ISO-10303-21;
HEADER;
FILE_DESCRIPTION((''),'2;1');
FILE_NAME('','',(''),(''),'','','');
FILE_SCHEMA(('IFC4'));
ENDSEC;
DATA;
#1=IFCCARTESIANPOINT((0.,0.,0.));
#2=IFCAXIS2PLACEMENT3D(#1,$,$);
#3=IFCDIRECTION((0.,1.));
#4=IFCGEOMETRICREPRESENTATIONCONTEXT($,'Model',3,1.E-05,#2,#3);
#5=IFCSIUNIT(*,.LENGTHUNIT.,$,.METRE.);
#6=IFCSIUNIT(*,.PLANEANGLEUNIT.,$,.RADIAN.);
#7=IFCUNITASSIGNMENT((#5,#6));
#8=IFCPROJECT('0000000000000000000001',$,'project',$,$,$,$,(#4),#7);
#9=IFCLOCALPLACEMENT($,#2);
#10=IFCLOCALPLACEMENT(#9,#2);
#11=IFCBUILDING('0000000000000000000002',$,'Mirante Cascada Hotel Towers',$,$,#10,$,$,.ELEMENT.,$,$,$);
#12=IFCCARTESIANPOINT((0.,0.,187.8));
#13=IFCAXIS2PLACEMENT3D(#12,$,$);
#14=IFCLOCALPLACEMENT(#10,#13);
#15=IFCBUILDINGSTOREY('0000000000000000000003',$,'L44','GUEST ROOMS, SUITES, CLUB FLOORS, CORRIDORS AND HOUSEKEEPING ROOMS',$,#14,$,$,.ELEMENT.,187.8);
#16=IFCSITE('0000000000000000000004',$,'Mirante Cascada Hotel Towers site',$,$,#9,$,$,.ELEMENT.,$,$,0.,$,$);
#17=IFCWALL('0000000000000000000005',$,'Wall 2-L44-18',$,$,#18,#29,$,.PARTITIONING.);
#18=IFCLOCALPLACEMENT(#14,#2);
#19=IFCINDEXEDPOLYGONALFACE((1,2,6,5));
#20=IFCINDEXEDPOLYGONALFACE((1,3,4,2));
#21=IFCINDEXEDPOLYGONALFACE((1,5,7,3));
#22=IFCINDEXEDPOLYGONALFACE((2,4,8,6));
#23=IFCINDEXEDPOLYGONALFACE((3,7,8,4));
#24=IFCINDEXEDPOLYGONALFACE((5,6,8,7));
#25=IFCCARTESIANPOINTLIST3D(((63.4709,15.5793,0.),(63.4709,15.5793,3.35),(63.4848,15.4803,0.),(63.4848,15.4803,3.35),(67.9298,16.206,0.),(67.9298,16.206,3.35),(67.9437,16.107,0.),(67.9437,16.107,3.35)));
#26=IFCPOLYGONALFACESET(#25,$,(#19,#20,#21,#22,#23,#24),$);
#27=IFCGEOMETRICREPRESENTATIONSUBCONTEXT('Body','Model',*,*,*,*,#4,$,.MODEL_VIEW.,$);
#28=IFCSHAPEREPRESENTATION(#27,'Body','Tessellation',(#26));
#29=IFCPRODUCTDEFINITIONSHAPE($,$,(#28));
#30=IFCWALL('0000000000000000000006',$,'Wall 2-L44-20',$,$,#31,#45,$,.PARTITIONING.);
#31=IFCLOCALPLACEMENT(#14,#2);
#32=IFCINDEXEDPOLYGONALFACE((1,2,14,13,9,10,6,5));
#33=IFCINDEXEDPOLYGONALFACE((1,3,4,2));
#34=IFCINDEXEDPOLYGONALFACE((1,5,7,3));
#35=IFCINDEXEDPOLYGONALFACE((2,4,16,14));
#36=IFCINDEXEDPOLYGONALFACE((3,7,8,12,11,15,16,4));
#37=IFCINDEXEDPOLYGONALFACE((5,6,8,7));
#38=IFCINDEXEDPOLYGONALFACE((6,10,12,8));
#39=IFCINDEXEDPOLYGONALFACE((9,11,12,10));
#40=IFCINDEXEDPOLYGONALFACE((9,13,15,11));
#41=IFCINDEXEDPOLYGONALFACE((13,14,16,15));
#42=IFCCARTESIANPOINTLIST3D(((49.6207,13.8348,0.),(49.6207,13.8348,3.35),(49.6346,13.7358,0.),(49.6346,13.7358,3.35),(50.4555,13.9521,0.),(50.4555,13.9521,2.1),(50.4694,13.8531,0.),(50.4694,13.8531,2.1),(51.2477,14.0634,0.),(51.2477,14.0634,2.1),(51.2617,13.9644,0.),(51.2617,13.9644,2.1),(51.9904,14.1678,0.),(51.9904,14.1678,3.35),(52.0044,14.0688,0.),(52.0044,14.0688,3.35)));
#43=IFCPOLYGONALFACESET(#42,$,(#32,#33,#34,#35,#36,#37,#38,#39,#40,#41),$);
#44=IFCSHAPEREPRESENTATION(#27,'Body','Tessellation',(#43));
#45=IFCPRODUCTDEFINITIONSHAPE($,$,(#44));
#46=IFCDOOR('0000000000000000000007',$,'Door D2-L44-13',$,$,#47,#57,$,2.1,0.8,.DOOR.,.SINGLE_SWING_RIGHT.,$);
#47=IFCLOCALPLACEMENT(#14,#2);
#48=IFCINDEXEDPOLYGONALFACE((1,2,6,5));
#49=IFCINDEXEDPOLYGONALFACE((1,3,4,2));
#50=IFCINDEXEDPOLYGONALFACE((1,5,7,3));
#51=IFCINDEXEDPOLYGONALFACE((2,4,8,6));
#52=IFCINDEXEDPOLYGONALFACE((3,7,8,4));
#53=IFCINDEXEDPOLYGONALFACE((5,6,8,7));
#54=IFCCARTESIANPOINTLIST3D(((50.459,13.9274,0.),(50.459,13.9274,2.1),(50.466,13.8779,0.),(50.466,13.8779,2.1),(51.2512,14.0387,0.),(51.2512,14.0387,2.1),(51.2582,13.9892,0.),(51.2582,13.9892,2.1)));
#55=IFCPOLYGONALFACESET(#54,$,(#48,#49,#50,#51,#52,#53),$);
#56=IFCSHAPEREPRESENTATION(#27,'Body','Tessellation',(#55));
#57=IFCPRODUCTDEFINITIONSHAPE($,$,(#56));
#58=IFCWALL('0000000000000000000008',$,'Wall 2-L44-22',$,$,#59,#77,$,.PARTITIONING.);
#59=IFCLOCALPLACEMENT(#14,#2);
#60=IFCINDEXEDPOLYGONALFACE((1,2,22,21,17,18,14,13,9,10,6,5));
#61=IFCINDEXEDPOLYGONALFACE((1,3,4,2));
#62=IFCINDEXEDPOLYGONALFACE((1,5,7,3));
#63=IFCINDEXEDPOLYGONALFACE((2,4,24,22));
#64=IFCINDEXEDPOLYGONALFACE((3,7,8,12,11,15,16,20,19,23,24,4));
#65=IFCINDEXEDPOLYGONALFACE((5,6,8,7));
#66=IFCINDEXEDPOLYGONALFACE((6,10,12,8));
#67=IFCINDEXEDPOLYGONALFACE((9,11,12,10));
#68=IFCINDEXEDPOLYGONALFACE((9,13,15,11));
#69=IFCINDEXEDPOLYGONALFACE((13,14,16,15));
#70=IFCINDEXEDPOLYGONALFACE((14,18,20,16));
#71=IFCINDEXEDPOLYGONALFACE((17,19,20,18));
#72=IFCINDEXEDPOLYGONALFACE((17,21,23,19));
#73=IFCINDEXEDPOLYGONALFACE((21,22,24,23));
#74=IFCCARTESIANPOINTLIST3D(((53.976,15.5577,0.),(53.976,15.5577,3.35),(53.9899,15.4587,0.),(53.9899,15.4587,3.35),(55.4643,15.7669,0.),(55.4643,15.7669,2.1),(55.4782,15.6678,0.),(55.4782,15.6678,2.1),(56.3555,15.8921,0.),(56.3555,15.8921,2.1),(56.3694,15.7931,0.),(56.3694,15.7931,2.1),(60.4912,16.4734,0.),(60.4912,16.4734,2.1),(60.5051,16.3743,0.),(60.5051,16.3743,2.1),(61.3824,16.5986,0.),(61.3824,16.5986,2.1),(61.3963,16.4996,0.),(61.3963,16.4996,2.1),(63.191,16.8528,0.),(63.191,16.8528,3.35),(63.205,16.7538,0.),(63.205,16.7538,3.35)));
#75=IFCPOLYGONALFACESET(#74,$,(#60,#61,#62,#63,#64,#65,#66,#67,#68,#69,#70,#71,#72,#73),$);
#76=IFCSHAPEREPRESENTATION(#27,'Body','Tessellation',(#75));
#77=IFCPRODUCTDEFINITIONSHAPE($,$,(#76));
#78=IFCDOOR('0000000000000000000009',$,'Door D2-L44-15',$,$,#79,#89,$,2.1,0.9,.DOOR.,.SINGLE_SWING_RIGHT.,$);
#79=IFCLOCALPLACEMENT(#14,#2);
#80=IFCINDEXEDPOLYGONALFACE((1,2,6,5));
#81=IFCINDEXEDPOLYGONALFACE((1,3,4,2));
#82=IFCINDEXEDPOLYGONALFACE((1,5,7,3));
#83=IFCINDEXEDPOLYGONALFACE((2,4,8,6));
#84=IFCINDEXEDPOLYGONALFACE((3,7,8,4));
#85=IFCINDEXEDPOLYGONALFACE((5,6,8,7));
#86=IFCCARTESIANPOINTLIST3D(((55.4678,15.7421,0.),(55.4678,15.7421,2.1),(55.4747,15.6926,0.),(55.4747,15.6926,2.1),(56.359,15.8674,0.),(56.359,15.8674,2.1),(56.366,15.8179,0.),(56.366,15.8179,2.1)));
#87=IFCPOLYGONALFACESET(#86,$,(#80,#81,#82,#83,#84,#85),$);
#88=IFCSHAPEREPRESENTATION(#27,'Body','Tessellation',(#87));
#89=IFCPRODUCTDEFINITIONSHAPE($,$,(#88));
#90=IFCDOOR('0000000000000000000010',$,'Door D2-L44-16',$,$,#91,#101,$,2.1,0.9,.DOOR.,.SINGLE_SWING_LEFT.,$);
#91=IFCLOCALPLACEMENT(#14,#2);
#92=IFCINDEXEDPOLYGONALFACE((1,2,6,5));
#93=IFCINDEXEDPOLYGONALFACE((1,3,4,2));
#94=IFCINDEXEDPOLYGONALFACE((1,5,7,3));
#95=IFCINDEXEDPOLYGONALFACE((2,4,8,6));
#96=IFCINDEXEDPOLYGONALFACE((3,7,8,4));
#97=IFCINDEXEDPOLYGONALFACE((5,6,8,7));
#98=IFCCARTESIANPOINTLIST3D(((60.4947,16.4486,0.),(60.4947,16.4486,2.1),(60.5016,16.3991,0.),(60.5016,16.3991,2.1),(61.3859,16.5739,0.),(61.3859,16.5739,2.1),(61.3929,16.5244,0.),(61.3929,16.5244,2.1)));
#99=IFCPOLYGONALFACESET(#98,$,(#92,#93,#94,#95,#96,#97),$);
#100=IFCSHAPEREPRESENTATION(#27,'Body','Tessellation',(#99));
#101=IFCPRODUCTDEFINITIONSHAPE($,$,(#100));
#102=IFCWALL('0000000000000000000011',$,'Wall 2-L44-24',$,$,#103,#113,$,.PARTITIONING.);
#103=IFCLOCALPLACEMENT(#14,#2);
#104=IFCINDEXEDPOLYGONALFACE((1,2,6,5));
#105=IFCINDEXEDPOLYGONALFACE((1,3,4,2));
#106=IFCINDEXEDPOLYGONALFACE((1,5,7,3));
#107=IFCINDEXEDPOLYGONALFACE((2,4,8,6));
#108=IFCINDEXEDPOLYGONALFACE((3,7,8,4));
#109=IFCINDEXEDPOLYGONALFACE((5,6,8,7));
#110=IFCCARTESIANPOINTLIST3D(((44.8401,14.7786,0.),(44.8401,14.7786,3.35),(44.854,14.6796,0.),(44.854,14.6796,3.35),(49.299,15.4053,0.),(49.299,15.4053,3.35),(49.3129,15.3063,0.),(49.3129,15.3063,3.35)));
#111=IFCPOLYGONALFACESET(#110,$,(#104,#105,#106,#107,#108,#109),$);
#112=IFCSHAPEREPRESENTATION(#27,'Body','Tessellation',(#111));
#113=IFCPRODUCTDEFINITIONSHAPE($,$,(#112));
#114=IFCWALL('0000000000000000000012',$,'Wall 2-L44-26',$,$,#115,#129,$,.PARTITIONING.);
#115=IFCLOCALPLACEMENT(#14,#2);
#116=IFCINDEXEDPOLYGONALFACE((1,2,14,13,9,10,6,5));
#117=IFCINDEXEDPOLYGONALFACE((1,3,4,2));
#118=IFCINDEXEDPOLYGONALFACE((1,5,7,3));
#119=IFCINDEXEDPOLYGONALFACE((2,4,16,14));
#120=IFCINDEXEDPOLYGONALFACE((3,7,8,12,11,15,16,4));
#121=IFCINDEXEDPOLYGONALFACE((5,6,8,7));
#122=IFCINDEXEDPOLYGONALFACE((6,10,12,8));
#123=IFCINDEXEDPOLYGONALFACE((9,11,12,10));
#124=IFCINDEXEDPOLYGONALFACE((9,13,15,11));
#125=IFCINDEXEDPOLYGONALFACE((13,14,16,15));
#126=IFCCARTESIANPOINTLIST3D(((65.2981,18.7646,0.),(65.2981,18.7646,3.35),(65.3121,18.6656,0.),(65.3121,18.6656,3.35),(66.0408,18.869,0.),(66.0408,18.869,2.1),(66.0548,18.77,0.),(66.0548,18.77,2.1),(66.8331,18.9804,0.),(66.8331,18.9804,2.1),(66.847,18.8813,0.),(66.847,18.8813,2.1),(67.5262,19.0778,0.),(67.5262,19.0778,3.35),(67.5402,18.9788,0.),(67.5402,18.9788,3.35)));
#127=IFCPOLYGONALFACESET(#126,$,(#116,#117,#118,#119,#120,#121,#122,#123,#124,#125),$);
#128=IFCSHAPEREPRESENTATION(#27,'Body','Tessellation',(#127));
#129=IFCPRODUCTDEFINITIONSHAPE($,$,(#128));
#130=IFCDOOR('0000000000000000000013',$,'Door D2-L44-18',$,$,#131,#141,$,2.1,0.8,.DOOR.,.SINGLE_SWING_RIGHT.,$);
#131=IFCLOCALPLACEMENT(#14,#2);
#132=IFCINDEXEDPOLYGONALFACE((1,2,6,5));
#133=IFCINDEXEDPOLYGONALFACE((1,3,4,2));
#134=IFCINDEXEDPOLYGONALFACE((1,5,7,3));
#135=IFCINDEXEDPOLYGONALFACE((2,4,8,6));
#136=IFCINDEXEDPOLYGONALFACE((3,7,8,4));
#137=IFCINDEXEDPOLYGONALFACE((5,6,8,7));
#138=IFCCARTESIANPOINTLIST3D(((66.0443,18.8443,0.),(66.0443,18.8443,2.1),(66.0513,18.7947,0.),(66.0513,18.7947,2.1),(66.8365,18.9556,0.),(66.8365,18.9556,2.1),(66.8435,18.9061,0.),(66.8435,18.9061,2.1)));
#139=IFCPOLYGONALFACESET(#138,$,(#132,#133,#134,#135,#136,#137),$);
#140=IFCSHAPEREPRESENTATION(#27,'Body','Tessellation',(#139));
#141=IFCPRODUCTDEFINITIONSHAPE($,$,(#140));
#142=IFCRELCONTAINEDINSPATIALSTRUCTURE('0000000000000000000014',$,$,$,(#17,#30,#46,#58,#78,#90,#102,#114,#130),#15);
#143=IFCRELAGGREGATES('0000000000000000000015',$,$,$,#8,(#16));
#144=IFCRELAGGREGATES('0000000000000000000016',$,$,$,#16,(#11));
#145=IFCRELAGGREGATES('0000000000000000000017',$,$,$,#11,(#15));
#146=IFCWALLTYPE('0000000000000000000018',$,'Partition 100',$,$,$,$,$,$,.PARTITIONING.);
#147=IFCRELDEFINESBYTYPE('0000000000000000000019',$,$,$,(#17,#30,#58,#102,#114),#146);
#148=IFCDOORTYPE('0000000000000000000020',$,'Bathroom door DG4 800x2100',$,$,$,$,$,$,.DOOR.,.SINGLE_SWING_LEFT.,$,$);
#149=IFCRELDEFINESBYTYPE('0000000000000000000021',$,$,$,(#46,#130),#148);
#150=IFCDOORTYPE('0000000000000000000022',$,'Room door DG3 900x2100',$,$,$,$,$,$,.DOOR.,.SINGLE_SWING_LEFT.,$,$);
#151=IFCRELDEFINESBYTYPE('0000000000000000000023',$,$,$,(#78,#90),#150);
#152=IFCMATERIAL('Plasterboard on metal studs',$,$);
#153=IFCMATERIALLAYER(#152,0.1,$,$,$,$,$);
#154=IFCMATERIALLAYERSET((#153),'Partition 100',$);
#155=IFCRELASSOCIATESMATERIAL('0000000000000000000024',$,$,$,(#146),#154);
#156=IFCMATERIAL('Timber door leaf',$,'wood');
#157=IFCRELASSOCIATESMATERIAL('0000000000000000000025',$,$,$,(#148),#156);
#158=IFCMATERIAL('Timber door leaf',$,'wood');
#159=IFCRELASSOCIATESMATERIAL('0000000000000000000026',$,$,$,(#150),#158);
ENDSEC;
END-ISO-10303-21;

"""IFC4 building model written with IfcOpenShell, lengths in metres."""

from ifc_helpers import new_model, si_unit, direction, frame, frame_2d, origin, place, context, subcontext, project, spatial, rectangle, extrude, material, layer, layer_set, type_object, element, fill, save


model = new_model("IFC4")

# Units and contexts
model_context = context("Model", 3, precision=1e-05, world=origin(), true_north=direction((0.0, 1.0)))
body_context = subcontext(model_context, "Body", "Model", "MODEL_VIEW")
ifc_project = project(units=[si_unit("LENGTHUNIT", "METRE"), si_unit("PLANEANGLEUNIT", "RADIAN")], contexts=[model_context])

# Site, building, storey
site_placement = place(None, origin())
site = spatial("IfcSite", under=ifc_project, at=site_placement, Name="Mirante Cascada Hotel Towers site", CompositionType="ELEMENT", RefElevation=0.0)
building_placement = place(site_placement, origin())
building = spatial("IfcBuilding", under=site, at=building_placement, Name="Mirante Cascada Hotel Towers", CompositionType="ELEMENT")
storey_placement = place(building_placement, frame((0.0, 0.0, 187.8)))
storey = spatial("IfcBuildingStorey", under=building, at=storey_placement, Name="L44", Description="GUEST ROOMS, SUITES, CLUB FLOORS, CORRIDORS AND HOUSEKEEPING ROOMS", CompositionType="ELEMENT", Elevation=187.8)

# Wall
ifc_material_1 = material(Name="Plasterboard on metal studs")
ifc_layer_1 = layer(ifc_material_1, 0.1)
ifc_layer_set_1 = layer_set([ifc_layer_1], Name="Partition 100")
wall_type_1 = type_object("IfcWallType", Name="Partition 100", PredefinedType="PARTITIONING", material=ifc_layer_set_1)
wall_1_placement = place(storey_placement, frame((67.9368, 16.1565, 0.0), z_axis=(0.0, 0.0, 1.0), x_axis=(-0.990267, -0.139182, 0.0)))
element("IfcWall", 1, at=wall_1_placement, inside=storey, type_object=wall_type_1, Name="Wall 2-L44-18", PredefinedType="PARTITIONING", context=body_context, shape_type="SweptSolid", body=[
    extrude(rectangle(XDim=4.5027, YDim=0.1, at=frame_2d((2.2514, 0.0))), origin(), (0.0, 0.0, 1.0), 3.35),
])

# Wall, opening, door
wall_2_placement = place(storey_placement, frame((51.9974, 14.1183, 0.0), z_axis=(0.0, 0.0, 1.0), x_axis=(-0.99027, -0.139157, 0.0)))
wall_2 = element("IfcWall", 2, at=wall_2_placement, inside=storey, type_object=wall_type_1, Name="Wall 2-L44-20", PredefinedType="PARTITIONING", context=body_context, shape_type="SweptSolid", body=[
    extrude(rectangle(XDim=2.393, YDim=0.1, at=frame_2d((1.1965, 0.0))), origin(), (0.0, 0.0, 1.0), 3.35),
])
opening_1_placement = place(wall_2_placement, frame((0.75, 0.0, 0.0)))
opening_1 = element("IfcOpeningElement", 3, at=opening_1_placement, cuts=wall_2, PredefinedType="OPENING", context=body_context, shape_type="SweptSolid", body=[
    extrude(rectangle(XDim=0.8, YDim=2.1, at=frame_2d((0.4, 1.05))), frame((0.0, 0.05, 0.0), z_axis=(0.0, -1.0, 0.0), x_axis=(1.0, 0.0, 0.0)), (0.0, 0.0, 1.0), 0.1),
])
ifc_material_2 = material(Name="Timber door leaf", Category="wood")
door_type_1 = type_object("IfcDoorType", Name="Bathroom door DG4 800x2100", OperationType="SINGLE_SWING_LEFT", PredefinedType="DOOR", material=ifc_material_2)
door_1_placement = place(opening_1_placement, frame((0.8, 0.0, 0.0), z_axis=(0.0, 0.0, 1.0), x_axis=(-1.0, 0.0, 0.0)))
door_1 = element("IfcDoor", 4, at=door_1_placement, inside=storey, type_object=door_type_1, Name="Door D2-L44-13", OperationType="SINGLE_SWING_RIGHT", OverallHeight=2.1, OverallWidth=0.8, PredefinedType="DOOR", context=body_context, shape_type="SweptSolid", body=[
    extrude(rectangle(XDim=0.8, YDim=2.1, at=frame_2d((0.4, 1.05))), frame((0.0, 0.025, 0.0), z_axis=(0.0, -1.0, 0.0), x_axis=(1.0, 0.0, 0.0)), (0.0, 0.0, 1.0), 0.05),
])
fill(opening_1, door_1)

# Wall, openings, doors
wall_3_placement = place(storey_placement, frame((63.198, 16.8033, 0.0), z_axis=(0.0, 0.0, 1.0), x_axis=(-0.990268, -0.139175, 0.0)))
wall_3 = element("IfcWall", 5, at=wall_3_placement, inside=storey, type_object=wall_type_1, Name="Wall 2-L44-22", PredefinedType="PARTITIONING", context=body_context, shape_type="SweptSolid", body=[
    extrude(rectangle(XDim=9.3056, YDim=0.1, at=frame_2d((4.6528, 0.0))), origin(), (0.0, 0.0, 1.0), 3.35),
])
opening_2_placement = place(wall_3_placement, frame((6.9027, 0.0, 0.0)))
opening_2 = element("IfcOpeningElement", 6, at=opening_2_placement, cuts=wall_3, PredefinedType="OPENING", context=body_context, shape_type="SweptSolid", body=[
    extrude(rectangle(XDim=0.9, YDim=2.1, at=frame_2d((0.45, 1.05))), frame((0.0, 0.05, 0.0), z_axis=(0.0, -1.0, 0.0), x_axis=(1.0, 0.0, 0.0)), (0.0, 0.0, 1.0), 0.1),
])
opening_3_placement = place(wall_3_placement, frame((1.8264, 0.0, 0.0)))
opening_3 = element("IfcOpeningElement", 7, at=opening_3_placement, cuts=wall_3, PredefinedType="OPENING", context=body_context, shape_type="SweptSolid", body=[
    extrude(rectangle(XDim=0.9, YDim=2.1, at=frame_2d((0.45, 1.05))), frame((0.0, 0.05, 0.0), z_axis=(0.0, -1.0, 0.0), x_axis=(1.0, 0.0, 0.0)), (0.0, 0.0, 1.0), 0.1),
])
ifc_material_3 = material(Name="Timber door leaf", Category="wood")
door_type_2 = type_object("IfcDoorType", Name="Room door DG3 900x2100", OperationType="SINGLE_SWING_LEFT", PredefinedType="DOOR", material=ifc_material_3)
door_2_placement = place(opening_2_placement, frame((0.9, 0.0, 0.0), z_axis=(0.0, 0.0, 1.0), x_axis=(-1.0, 0.0, 0.0)))
door_2 = element("IfcDoor", 8, at=door_2_placement, inside=storey, type_object=door_type_2, Name="Door D2-L44-15", OperationType="SINGLE_SWING_RIGHT", OverallHeight=2.1, OverallWidth=0.9, PredefinedType="DOOR", context=body_context, shape_type="SweptSolid", body=[
    extrude(rectangle(XDim=0.9, YDim=2.1, at=frame_2d((0.45, 1.05))), frame((0.0, 0.025, 0.0), z_axis=(0.0, -1.0, 0.0), x_axis=(1.0, 0.0, 0.0)), (0.0, 0.0, 1.0), 0.05),
])
fill(opening_2, door_2)
door_3_placement = place(opening_3_placement, origin())
door_3 = element("IfcDoor", 9, at=door_3_placement, inside=storey, type_object=door_type_2, Name="Door D2-L44-16", OperationType="SINGLE_SWING_LEFT", OverallHeight=2.1, OverallWidth=0.9, PredefinedType="DOOR", context=body_context, shape_type="SweptSolid", body=[
    extrude(rectangle(XDim=0.9, YDim=2.1, at=frame_2d((0.45, 1.05))), frame((0.0, 0.025, 0.0), z_axis=(0.0, -1.0, 0.0), x_axis=(1.0, 0.0, 0.0)), (0.0, 0.0, 1.0), 0.05),
])
fill(opening_3, door_3)

# Wall
wall_4_placement = place(storey_placement, frame((49.306, 15.3558, 0.0), z_axis=(0.0, 0.0, 1.0), x_axis=(-0.990267, -0.139182, 0.0)))
element("IfcWall", 10, at=wall_4_placement, inside=storey, type_object=wall_type_1, Name="Wall 2-L44-24", PredefinedType="PARTITIONING", context=body_context, shape_type="SweptSolid", body=[
    extrude(rectangle(XDim=4.5027, YDim=0.1, at=frame_2d((2.2514, 0.0))), origin(), (0.0, 0.0, 1.0), 3.35),
])

# Wall, opening, door
wall_5_placement = place(storey_placement, frame((67.5332, 19.0283, 0.0), z_axis=(0.0, 0.0, 1.0), x_axis=(-0.990264, -0.1392, 0.0)))
wall_5 = element("IfcWall", 11, at=wall_5_placement, inside=storey, type_object=wall_type_1, Name="Wall 2-L44-26", PredefinedType="PARTITIONING", context=body_context, shape_type="SweptSolid", body=[
    extrude(rectangle(XDim=2.25, YDim=0.1, at=frame_2d((1.125, 0.0))), origin(), (0.0, 0.0, 1.0), 3.35),
])
opening_4_placement = place(wall_5_placement, frame((0.7, 0.0, 0.0)))
opening_4 = element("IfcOpeningElement", 12, at=opening_4_placement, cuts=wall_5, PredefinedType="OPENING", context=body_context, shape_type="SweptSolid", body=[
    extrude(rectangle(XDim=0.8, YDim=2.1, at=frame_2d((0.4, 1.05))), frame((0.0, 0.05, 0.0), z_axis=(0.0, -1.0, 0.0), x_axis=(1.0, 0.0, 0.0)), (0.0, 0.0, 1.0), 0.1),
])
door_4_placement = place(opening_4_placement, frame((0.8, 0.0, 0.0), z_axis=(0.0, 0.0, 1.0), x_axis=(-1.0, 0.0, 0.0)))
door_4 = element("IfcDoor", 13, at=door_4_placement, inside=storey, type_object=door_type_1, Name="Door D2-L44-18", OperationType="SINGLE_SWING_RIGHT", OverallHeight=2.1, OverallWidth=0.8, PredefinedType="DOOR", context=body_context, shape_type="SweptSolid", body=[
    extrude(rectangle(XDim=0.8, YDim=2.1, at=frame_2d((0.4, 1.05))), frame((0.0, 0.025, 0.0), z_axis=(0.0, -1.0, 0.0), x_axis=(1.0, 0.0, 0.0)), (0.0, 0.0, 1.0), 0.05),
])
fill(opening_4, door_4)

save(model, "model.ifc")
